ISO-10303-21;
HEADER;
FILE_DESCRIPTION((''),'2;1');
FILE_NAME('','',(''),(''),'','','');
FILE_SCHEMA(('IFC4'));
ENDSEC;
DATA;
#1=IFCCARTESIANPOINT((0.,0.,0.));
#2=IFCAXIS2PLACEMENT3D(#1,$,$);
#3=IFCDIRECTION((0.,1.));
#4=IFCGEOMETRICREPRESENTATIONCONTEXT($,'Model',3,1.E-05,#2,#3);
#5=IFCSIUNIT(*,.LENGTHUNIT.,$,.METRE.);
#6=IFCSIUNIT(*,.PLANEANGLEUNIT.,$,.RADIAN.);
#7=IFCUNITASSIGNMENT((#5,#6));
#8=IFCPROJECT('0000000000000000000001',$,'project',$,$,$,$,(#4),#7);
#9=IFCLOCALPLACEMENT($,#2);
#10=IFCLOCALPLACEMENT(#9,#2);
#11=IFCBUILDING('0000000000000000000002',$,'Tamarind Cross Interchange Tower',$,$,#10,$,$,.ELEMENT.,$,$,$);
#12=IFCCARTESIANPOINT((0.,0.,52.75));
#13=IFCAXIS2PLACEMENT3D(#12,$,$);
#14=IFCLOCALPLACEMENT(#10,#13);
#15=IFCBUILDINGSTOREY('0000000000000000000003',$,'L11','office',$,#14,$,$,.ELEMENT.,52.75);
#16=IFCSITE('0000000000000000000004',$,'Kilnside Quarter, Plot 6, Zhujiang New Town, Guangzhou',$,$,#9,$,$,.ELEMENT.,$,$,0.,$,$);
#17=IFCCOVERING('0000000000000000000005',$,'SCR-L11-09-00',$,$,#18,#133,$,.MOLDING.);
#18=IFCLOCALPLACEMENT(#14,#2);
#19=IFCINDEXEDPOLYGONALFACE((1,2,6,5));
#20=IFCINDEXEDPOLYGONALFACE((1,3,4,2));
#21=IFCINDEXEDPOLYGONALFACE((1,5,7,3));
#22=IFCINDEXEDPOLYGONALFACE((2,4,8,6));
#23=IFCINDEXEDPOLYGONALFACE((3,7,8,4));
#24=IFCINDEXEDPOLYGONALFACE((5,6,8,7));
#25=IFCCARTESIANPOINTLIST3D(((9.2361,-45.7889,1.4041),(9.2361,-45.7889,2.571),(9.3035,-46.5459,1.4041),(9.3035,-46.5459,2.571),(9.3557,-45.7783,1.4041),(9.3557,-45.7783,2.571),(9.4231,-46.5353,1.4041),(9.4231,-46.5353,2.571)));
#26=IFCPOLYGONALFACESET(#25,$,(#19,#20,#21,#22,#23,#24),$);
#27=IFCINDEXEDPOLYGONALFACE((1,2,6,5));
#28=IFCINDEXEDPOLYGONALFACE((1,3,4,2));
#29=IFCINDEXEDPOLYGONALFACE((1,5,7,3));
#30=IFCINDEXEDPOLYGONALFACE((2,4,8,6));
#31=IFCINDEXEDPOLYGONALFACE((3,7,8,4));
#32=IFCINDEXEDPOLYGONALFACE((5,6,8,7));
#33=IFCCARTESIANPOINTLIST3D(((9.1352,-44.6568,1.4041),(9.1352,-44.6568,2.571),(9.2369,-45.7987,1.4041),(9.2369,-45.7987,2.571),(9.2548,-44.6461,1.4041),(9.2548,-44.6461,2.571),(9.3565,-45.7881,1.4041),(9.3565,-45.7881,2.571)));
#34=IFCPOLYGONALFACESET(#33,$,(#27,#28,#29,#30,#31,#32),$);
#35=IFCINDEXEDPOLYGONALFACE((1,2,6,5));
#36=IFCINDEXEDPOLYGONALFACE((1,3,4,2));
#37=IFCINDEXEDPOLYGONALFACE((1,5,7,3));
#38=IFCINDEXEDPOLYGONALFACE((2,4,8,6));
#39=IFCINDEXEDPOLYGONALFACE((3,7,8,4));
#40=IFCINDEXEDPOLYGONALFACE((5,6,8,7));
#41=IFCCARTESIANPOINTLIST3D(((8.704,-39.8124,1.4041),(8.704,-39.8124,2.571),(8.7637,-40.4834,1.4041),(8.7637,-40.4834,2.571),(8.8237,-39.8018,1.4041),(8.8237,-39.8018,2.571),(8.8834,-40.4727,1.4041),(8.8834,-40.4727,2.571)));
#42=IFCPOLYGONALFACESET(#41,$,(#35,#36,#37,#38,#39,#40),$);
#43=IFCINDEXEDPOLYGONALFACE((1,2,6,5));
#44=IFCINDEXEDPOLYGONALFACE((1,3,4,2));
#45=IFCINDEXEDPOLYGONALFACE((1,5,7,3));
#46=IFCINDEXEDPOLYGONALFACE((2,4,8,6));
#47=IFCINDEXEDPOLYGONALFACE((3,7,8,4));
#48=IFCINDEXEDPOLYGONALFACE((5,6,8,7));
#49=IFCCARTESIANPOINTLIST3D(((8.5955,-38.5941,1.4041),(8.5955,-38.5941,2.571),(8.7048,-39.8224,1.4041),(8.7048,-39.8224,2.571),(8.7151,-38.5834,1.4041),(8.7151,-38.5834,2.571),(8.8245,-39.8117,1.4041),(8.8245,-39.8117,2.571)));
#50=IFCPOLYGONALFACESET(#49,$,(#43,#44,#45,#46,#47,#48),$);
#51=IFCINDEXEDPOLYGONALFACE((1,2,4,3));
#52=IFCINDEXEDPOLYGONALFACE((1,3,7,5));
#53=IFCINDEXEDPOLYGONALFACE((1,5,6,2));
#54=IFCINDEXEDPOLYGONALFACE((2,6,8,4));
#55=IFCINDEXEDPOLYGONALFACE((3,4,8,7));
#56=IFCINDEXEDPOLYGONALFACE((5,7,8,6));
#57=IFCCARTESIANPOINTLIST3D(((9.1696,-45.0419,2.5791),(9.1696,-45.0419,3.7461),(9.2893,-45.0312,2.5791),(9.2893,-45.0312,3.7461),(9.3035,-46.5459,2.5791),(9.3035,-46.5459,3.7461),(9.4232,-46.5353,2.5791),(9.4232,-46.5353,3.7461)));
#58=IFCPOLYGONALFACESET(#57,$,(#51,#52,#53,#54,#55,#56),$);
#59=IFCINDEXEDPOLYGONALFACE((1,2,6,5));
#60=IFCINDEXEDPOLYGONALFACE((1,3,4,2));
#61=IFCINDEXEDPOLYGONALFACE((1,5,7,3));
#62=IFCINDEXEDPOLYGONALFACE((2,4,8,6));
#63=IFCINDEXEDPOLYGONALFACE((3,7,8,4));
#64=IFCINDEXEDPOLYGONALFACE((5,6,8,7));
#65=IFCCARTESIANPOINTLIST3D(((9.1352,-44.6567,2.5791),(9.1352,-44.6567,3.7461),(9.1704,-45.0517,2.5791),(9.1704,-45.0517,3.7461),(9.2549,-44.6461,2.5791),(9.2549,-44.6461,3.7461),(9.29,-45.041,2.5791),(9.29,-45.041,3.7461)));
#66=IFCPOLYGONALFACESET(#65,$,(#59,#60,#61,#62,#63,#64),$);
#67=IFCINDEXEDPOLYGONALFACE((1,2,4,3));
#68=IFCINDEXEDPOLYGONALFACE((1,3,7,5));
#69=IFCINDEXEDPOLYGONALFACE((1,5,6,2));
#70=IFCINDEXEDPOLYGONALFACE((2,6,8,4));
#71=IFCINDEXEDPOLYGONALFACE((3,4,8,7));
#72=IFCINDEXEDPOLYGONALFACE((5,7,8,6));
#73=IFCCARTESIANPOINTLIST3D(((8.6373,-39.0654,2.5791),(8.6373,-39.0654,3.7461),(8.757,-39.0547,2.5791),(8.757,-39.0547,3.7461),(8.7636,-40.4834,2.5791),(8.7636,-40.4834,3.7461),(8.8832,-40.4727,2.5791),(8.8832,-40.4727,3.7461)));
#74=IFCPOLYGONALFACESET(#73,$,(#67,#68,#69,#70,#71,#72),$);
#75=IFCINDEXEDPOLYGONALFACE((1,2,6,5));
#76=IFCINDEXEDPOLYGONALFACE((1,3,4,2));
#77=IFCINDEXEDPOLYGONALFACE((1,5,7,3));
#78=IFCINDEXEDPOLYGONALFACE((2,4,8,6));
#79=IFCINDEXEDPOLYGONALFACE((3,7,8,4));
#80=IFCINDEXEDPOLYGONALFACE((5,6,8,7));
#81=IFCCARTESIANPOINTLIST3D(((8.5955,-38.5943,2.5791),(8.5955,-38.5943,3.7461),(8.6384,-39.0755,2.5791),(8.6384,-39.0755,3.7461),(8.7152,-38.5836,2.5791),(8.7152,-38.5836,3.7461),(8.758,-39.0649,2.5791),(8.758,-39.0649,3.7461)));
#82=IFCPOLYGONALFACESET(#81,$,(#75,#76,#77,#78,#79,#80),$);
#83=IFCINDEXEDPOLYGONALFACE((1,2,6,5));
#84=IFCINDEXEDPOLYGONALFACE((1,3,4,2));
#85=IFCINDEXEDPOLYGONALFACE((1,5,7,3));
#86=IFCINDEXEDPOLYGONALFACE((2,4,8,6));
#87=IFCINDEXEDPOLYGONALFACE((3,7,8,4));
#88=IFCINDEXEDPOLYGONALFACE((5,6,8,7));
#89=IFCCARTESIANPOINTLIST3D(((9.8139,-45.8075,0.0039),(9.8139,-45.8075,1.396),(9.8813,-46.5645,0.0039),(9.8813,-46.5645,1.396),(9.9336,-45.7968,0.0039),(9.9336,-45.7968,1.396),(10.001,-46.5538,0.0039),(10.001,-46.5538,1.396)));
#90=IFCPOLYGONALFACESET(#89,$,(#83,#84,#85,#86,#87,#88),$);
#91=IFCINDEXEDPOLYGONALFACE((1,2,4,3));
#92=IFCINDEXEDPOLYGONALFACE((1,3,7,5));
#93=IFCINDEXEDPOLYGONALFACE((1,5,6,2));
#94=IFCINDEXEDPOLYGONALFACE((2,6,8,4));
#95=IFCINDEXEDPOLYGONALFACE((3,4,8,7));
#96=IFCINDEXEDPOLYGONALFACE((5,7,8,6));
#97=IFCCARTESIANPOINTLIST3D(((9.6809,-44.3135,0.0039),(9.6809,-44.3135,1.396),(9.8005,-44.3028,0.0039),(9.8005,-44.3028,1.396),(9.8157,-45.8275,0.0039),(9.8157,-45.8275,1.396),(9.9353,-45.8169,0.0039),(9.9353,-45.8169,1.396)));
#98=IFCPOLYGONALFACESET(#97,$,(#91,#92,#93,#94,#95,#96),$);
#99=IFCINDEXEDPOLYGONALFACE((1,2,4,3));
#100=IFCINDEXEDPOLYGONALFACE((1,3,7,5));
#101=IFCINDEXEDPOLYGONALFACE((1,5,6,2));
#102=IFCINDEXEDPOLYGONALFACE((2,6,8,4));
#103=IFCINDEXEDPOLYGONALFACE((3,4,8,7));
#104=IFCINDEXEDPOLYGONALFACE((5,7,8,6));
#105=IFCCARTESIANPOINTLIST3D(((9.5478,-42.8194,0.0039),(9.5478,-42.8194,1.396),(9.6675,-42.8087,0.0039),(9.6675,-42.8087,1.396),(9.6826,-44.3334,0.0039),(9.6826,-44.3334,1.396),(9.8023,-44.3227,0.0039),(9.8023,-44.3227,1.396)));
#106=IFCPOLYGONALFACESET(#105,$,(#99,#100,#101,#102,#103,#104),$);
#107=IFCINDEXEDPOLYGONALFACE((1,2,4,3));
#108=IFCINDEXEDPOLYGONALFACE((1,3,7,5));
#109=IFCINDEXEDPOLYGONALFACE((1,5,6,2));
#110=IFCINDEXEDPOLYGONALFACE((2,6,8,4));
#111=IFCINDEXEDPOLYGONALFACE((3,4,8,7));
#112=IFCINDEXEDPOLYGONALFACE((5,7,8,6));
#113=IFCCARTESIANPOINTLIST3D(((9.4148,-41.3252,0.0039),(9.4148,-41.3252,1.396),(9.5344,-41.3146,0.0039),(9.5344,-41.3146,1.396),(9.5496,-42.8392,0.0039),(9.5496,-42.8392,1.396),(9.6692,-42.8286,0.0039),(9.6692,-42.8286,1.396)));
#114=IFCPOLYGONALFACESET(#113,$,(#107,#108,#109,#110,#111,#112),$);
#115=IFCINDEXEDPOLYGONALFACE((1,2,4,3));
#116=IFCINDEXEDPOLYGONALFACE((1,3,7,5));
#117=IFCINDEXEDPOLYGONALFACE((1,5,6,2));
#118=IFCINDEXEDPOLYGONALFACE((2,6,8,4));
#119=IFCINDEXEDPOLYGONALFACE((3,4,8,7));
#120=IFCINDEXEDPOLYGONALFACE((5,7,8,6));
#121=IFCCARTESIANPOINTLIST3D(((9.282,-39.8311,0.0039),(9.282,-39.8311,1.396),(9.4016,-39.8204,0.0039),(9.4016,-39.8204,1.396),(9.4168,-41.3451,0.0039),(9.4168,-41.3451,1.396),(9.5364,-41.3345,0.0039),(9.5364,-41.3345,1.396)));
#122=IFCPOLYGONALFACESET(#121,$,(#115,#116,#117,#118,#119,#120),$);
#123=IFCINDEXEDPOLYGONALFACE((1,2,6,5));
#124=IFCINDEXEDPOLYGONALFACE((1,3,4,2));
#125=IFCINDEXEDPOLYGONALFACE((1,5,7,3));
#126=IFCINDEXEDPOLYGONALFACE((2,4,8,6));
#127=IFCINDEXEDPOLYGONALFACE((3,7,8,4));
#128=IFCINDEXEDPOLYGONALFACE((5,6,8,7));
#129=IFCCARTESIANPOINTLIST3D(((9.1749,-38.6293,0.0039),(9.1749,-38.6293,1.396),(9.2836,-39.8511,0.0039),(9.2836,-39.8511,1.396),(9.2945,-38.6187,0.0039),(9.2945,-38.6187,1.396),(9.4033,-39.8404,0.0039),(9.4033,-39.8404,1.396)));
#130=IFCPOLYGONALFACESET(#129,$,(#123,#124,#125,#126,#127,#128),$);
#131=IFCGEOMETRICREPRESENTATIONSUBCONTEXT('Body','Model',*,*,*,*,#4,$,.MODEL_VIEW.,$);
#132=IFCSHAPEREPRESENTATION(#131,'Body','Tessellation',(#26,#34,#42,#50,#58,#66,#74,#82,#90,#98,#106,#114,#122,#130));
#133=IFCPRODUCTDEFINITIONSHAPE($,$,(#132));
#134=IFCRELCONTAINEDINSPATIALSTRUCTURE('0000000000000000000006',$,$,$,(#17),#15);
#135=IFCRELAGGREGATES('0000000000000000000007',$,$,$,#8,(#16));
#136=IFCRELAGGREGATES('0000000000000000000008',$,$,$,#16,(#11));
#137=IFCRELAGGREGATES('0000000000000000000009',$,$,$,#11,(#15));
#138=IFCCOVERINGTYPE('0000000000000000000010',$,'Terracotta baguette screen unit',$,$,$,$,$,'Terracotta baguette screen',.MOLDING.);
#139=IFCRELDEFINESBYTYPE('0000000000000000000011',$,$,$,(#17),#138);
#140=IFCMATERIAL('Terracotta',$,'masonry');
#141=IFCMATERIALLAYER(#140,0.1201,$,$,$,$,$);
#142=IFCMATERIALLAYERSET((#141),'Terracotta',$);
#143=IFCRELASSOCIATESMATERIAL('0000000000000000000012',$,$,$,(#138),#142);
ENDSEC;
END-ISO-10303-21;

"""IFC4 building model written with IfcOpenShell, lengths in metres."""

from ifc_helpers import new_model, si_unit, direction, frame, origin, origin_2d, place, context, subcontext, project, spatial, rectangle, extrude, material, layer, layer_set, type_object, element, save


model = new_model("IFC4")

# Units and contexts
model_context = context("Model", 3, precision=1e-05, world=origin(), true_north=direction((0.0, 1.0)))
body_context = subcontext(model_context, "Body", "Model", "MODEL_VIEW")
ifc_project = project(units=[si_unit("LENGTHUNIT", "METRE"), si_unit("PLANEANGLEUNIT", "RADIAN")], contexts=[model_context])

# Site, building, storey
site_placement = place(None, origin())
site = spatial("IfcSite", under=ifc_project, at=site_placement, Name="Kilnside Quarter, Plot 6, Zhujiang New Town, Guangzhou", CompositionType="ELEMENT", RefElevation=0.0)
building_placement = place(site_placement, origin())
building = spatial("IfcBuilding", under=site, at=building_placement, Name="Tamarind Cross Interchange Tower", CompositionType="ELEMENT")
storey_placement = place(building_placement, frame((0.0, 0.0, 52.75)))
storey = spatial("IfcBuildingStorey", under=building, at=storey_placement, Name="L11", Description="office", CompositionType="ELEMENT", Elevation=52.75)

# Covering
ifc_material_1 = material(Name="Terracotta", Category="masonry")
ifc_layer_1 = layer(ifc_material_1, 0.1201)
ifc_layer_set_1 = layer_set([ifc_layer_1], Name="Terracotta")
covering_type = type_object("IfcCoveringType", Name="Terracotta baguette screen unit", ElementType="Terracotta baguette screen", PredefinedType="MOLDING", material=ifc_layer_set_1)
covering_1_placement = place(storey_placement, origin())
element("IfcCovering", 1, at=covering_1_placement, inside=storey, type_object=covering_type, Name="SCR-L11-09-00", PredefinedType="MOLDING", context=body_context, shape_type="SweptSolid", body=[
    extrude(rectangle(XDim=0.76, YDim=0.1201, at=origin_2d()), frame((9.3296, -46.1621, 1.4041), z_axis=(0.0, 0.0, 1.0), x_axis=(-0.088684, 0.99606, 0.0)), (0.0, 0.0, 1.0), 1.167),
    extrude(rectangle(XDim=1.1465, YDim=0.1201, at=origin_2d()), frame((9.2458, -45.2224, 1.4041), z_axis=(0.0, 0.0, 1.0), x_axis=(-0.088684, 0.99606, 0.0)), (0.0, 0.0, 1.0), 1.167),
    extrude(rectangle(XDim=0.6736, YDim=0.1201, at=origin_2d()), frame((8.7937, -40.1426, 1.4041), z_axis=(0.0, 0.0, 1.0), x_axis=(-0.088684, 0.99606, 0.0)), (0.0, 0.0, 1.0), 1.167),
    extrude(rectangle(XDim=1.2332, YDim=0.1201, at=origin_2d()), frame((8.71, -39.2029, 1.4041), z_axis=(0.0, 0.0, 1.0), x_axis=(-0.088684, 0.99606, 0.0)), (0.0, 0.0, 1.0), 1.167),
    extrude(rectangle(XDim=1.51, YDim=0.1201, at=origin_2d()), frame((9.2964, -45.7886, 2.5791), z_axis=(0.0, 0.0, 1.0), x_axis=(-0.088684, 0.99606, 0.0)), (0.0, 0.0, 1.0), 1.167),
    extrude(rectangle(XDim=0.3965, YDim=0.1201, at=origin_2d()), frame((9.2126, -44.8489, 2.5791), z_axis=(0.0, 0.0, 1.0), x_axis=(-0.088684, 0.99606, 0.0)), (0.0, 0.0, 1.0), 1.167),
    extrude(rectangle(XDim=1.4236, YDim=0.1201, at=origin_2d()), frame((8.7603, -39.769, 2.5791), z_axis=(0.0, 0.0, 1.0), x_axis=(-0.088684, 0.99606, 0.0)), (0.0, 0.0, 1.0), 1.167),
    extrude(rectangle(XDim=0.4832, YDim=0.1201, at=origin_2d()), frame((8.6768, -38.8296, 2.5791), z_axis=(0.0, 0.0, 1.0), x_axis=(-0.088684, 0.99606, 0.0)), (0.0, 0.0, 1.0), 1.167),
    extrude(rectangle(XDim=0.76, YDim=0.1201, at=origin_2d()), frame((9.9075, -46.1807, 0.0039), z_axis=(0.0, 0.0, 1.0), x_axis=(-0.088684, 0.99606, 0.0)), (0.0, 0.0, 1.0), 1.3921),
    extrude(rectangle(XDim=1.52, YDim=0.1201, at=origin_2d()), frame((9.8081, -45.0652, 0.0039), z_axis=(0.0, 0.0, 1.0), x_axis=(-0.088684, 0.99606, 0.0)), (0.0, 0.0, 1.0), 1.3921),
    extrude(rectangle(XDim=1.52, YDim=0.1201, at=origin_2d()), frame((9.675, -43.571, 0.0039), z_axis=(0.0, 0.0, 1.0), x_axis=(-0.088684, 0.99606, 0.0)), (0.0, 0.0, 1.0), 1.3921),
    extrude(rectangle(XDim=1.52, YDim=0.1201, at=origin_2d()), frame((9.542, -42.0769, 0.0039), z_axis=(0.0, 0.0, 1.0), x_axis=(-0.088684, 0.99606, 0.0)), (0.0, 0.0, 1.0), 1.3921),
    extrude(rectangle(XDim=1.52, YDim=0.1201, at=origin_2d()), frame((9.4092, -40.5828, 0.0039), z_axis=(0.0, 0.0, 1.0), x_axis=(-0.088684, 0.99606, 0.0)), (0.0, 0.0, 1.0), 1.3921),
    extrude(rectangle(XDim=1.2266, YDim=0.1201, at=origin_2d()), frame((9.2891, -39.2349, 0.0039), z_axis=(0.0, 0.0, 1.0), x_axis=(-0.088684, 0.99606, 0.0)), (0.0, 0.0, 1.0), 1.3921),
])

save(model, "model.ifc")
